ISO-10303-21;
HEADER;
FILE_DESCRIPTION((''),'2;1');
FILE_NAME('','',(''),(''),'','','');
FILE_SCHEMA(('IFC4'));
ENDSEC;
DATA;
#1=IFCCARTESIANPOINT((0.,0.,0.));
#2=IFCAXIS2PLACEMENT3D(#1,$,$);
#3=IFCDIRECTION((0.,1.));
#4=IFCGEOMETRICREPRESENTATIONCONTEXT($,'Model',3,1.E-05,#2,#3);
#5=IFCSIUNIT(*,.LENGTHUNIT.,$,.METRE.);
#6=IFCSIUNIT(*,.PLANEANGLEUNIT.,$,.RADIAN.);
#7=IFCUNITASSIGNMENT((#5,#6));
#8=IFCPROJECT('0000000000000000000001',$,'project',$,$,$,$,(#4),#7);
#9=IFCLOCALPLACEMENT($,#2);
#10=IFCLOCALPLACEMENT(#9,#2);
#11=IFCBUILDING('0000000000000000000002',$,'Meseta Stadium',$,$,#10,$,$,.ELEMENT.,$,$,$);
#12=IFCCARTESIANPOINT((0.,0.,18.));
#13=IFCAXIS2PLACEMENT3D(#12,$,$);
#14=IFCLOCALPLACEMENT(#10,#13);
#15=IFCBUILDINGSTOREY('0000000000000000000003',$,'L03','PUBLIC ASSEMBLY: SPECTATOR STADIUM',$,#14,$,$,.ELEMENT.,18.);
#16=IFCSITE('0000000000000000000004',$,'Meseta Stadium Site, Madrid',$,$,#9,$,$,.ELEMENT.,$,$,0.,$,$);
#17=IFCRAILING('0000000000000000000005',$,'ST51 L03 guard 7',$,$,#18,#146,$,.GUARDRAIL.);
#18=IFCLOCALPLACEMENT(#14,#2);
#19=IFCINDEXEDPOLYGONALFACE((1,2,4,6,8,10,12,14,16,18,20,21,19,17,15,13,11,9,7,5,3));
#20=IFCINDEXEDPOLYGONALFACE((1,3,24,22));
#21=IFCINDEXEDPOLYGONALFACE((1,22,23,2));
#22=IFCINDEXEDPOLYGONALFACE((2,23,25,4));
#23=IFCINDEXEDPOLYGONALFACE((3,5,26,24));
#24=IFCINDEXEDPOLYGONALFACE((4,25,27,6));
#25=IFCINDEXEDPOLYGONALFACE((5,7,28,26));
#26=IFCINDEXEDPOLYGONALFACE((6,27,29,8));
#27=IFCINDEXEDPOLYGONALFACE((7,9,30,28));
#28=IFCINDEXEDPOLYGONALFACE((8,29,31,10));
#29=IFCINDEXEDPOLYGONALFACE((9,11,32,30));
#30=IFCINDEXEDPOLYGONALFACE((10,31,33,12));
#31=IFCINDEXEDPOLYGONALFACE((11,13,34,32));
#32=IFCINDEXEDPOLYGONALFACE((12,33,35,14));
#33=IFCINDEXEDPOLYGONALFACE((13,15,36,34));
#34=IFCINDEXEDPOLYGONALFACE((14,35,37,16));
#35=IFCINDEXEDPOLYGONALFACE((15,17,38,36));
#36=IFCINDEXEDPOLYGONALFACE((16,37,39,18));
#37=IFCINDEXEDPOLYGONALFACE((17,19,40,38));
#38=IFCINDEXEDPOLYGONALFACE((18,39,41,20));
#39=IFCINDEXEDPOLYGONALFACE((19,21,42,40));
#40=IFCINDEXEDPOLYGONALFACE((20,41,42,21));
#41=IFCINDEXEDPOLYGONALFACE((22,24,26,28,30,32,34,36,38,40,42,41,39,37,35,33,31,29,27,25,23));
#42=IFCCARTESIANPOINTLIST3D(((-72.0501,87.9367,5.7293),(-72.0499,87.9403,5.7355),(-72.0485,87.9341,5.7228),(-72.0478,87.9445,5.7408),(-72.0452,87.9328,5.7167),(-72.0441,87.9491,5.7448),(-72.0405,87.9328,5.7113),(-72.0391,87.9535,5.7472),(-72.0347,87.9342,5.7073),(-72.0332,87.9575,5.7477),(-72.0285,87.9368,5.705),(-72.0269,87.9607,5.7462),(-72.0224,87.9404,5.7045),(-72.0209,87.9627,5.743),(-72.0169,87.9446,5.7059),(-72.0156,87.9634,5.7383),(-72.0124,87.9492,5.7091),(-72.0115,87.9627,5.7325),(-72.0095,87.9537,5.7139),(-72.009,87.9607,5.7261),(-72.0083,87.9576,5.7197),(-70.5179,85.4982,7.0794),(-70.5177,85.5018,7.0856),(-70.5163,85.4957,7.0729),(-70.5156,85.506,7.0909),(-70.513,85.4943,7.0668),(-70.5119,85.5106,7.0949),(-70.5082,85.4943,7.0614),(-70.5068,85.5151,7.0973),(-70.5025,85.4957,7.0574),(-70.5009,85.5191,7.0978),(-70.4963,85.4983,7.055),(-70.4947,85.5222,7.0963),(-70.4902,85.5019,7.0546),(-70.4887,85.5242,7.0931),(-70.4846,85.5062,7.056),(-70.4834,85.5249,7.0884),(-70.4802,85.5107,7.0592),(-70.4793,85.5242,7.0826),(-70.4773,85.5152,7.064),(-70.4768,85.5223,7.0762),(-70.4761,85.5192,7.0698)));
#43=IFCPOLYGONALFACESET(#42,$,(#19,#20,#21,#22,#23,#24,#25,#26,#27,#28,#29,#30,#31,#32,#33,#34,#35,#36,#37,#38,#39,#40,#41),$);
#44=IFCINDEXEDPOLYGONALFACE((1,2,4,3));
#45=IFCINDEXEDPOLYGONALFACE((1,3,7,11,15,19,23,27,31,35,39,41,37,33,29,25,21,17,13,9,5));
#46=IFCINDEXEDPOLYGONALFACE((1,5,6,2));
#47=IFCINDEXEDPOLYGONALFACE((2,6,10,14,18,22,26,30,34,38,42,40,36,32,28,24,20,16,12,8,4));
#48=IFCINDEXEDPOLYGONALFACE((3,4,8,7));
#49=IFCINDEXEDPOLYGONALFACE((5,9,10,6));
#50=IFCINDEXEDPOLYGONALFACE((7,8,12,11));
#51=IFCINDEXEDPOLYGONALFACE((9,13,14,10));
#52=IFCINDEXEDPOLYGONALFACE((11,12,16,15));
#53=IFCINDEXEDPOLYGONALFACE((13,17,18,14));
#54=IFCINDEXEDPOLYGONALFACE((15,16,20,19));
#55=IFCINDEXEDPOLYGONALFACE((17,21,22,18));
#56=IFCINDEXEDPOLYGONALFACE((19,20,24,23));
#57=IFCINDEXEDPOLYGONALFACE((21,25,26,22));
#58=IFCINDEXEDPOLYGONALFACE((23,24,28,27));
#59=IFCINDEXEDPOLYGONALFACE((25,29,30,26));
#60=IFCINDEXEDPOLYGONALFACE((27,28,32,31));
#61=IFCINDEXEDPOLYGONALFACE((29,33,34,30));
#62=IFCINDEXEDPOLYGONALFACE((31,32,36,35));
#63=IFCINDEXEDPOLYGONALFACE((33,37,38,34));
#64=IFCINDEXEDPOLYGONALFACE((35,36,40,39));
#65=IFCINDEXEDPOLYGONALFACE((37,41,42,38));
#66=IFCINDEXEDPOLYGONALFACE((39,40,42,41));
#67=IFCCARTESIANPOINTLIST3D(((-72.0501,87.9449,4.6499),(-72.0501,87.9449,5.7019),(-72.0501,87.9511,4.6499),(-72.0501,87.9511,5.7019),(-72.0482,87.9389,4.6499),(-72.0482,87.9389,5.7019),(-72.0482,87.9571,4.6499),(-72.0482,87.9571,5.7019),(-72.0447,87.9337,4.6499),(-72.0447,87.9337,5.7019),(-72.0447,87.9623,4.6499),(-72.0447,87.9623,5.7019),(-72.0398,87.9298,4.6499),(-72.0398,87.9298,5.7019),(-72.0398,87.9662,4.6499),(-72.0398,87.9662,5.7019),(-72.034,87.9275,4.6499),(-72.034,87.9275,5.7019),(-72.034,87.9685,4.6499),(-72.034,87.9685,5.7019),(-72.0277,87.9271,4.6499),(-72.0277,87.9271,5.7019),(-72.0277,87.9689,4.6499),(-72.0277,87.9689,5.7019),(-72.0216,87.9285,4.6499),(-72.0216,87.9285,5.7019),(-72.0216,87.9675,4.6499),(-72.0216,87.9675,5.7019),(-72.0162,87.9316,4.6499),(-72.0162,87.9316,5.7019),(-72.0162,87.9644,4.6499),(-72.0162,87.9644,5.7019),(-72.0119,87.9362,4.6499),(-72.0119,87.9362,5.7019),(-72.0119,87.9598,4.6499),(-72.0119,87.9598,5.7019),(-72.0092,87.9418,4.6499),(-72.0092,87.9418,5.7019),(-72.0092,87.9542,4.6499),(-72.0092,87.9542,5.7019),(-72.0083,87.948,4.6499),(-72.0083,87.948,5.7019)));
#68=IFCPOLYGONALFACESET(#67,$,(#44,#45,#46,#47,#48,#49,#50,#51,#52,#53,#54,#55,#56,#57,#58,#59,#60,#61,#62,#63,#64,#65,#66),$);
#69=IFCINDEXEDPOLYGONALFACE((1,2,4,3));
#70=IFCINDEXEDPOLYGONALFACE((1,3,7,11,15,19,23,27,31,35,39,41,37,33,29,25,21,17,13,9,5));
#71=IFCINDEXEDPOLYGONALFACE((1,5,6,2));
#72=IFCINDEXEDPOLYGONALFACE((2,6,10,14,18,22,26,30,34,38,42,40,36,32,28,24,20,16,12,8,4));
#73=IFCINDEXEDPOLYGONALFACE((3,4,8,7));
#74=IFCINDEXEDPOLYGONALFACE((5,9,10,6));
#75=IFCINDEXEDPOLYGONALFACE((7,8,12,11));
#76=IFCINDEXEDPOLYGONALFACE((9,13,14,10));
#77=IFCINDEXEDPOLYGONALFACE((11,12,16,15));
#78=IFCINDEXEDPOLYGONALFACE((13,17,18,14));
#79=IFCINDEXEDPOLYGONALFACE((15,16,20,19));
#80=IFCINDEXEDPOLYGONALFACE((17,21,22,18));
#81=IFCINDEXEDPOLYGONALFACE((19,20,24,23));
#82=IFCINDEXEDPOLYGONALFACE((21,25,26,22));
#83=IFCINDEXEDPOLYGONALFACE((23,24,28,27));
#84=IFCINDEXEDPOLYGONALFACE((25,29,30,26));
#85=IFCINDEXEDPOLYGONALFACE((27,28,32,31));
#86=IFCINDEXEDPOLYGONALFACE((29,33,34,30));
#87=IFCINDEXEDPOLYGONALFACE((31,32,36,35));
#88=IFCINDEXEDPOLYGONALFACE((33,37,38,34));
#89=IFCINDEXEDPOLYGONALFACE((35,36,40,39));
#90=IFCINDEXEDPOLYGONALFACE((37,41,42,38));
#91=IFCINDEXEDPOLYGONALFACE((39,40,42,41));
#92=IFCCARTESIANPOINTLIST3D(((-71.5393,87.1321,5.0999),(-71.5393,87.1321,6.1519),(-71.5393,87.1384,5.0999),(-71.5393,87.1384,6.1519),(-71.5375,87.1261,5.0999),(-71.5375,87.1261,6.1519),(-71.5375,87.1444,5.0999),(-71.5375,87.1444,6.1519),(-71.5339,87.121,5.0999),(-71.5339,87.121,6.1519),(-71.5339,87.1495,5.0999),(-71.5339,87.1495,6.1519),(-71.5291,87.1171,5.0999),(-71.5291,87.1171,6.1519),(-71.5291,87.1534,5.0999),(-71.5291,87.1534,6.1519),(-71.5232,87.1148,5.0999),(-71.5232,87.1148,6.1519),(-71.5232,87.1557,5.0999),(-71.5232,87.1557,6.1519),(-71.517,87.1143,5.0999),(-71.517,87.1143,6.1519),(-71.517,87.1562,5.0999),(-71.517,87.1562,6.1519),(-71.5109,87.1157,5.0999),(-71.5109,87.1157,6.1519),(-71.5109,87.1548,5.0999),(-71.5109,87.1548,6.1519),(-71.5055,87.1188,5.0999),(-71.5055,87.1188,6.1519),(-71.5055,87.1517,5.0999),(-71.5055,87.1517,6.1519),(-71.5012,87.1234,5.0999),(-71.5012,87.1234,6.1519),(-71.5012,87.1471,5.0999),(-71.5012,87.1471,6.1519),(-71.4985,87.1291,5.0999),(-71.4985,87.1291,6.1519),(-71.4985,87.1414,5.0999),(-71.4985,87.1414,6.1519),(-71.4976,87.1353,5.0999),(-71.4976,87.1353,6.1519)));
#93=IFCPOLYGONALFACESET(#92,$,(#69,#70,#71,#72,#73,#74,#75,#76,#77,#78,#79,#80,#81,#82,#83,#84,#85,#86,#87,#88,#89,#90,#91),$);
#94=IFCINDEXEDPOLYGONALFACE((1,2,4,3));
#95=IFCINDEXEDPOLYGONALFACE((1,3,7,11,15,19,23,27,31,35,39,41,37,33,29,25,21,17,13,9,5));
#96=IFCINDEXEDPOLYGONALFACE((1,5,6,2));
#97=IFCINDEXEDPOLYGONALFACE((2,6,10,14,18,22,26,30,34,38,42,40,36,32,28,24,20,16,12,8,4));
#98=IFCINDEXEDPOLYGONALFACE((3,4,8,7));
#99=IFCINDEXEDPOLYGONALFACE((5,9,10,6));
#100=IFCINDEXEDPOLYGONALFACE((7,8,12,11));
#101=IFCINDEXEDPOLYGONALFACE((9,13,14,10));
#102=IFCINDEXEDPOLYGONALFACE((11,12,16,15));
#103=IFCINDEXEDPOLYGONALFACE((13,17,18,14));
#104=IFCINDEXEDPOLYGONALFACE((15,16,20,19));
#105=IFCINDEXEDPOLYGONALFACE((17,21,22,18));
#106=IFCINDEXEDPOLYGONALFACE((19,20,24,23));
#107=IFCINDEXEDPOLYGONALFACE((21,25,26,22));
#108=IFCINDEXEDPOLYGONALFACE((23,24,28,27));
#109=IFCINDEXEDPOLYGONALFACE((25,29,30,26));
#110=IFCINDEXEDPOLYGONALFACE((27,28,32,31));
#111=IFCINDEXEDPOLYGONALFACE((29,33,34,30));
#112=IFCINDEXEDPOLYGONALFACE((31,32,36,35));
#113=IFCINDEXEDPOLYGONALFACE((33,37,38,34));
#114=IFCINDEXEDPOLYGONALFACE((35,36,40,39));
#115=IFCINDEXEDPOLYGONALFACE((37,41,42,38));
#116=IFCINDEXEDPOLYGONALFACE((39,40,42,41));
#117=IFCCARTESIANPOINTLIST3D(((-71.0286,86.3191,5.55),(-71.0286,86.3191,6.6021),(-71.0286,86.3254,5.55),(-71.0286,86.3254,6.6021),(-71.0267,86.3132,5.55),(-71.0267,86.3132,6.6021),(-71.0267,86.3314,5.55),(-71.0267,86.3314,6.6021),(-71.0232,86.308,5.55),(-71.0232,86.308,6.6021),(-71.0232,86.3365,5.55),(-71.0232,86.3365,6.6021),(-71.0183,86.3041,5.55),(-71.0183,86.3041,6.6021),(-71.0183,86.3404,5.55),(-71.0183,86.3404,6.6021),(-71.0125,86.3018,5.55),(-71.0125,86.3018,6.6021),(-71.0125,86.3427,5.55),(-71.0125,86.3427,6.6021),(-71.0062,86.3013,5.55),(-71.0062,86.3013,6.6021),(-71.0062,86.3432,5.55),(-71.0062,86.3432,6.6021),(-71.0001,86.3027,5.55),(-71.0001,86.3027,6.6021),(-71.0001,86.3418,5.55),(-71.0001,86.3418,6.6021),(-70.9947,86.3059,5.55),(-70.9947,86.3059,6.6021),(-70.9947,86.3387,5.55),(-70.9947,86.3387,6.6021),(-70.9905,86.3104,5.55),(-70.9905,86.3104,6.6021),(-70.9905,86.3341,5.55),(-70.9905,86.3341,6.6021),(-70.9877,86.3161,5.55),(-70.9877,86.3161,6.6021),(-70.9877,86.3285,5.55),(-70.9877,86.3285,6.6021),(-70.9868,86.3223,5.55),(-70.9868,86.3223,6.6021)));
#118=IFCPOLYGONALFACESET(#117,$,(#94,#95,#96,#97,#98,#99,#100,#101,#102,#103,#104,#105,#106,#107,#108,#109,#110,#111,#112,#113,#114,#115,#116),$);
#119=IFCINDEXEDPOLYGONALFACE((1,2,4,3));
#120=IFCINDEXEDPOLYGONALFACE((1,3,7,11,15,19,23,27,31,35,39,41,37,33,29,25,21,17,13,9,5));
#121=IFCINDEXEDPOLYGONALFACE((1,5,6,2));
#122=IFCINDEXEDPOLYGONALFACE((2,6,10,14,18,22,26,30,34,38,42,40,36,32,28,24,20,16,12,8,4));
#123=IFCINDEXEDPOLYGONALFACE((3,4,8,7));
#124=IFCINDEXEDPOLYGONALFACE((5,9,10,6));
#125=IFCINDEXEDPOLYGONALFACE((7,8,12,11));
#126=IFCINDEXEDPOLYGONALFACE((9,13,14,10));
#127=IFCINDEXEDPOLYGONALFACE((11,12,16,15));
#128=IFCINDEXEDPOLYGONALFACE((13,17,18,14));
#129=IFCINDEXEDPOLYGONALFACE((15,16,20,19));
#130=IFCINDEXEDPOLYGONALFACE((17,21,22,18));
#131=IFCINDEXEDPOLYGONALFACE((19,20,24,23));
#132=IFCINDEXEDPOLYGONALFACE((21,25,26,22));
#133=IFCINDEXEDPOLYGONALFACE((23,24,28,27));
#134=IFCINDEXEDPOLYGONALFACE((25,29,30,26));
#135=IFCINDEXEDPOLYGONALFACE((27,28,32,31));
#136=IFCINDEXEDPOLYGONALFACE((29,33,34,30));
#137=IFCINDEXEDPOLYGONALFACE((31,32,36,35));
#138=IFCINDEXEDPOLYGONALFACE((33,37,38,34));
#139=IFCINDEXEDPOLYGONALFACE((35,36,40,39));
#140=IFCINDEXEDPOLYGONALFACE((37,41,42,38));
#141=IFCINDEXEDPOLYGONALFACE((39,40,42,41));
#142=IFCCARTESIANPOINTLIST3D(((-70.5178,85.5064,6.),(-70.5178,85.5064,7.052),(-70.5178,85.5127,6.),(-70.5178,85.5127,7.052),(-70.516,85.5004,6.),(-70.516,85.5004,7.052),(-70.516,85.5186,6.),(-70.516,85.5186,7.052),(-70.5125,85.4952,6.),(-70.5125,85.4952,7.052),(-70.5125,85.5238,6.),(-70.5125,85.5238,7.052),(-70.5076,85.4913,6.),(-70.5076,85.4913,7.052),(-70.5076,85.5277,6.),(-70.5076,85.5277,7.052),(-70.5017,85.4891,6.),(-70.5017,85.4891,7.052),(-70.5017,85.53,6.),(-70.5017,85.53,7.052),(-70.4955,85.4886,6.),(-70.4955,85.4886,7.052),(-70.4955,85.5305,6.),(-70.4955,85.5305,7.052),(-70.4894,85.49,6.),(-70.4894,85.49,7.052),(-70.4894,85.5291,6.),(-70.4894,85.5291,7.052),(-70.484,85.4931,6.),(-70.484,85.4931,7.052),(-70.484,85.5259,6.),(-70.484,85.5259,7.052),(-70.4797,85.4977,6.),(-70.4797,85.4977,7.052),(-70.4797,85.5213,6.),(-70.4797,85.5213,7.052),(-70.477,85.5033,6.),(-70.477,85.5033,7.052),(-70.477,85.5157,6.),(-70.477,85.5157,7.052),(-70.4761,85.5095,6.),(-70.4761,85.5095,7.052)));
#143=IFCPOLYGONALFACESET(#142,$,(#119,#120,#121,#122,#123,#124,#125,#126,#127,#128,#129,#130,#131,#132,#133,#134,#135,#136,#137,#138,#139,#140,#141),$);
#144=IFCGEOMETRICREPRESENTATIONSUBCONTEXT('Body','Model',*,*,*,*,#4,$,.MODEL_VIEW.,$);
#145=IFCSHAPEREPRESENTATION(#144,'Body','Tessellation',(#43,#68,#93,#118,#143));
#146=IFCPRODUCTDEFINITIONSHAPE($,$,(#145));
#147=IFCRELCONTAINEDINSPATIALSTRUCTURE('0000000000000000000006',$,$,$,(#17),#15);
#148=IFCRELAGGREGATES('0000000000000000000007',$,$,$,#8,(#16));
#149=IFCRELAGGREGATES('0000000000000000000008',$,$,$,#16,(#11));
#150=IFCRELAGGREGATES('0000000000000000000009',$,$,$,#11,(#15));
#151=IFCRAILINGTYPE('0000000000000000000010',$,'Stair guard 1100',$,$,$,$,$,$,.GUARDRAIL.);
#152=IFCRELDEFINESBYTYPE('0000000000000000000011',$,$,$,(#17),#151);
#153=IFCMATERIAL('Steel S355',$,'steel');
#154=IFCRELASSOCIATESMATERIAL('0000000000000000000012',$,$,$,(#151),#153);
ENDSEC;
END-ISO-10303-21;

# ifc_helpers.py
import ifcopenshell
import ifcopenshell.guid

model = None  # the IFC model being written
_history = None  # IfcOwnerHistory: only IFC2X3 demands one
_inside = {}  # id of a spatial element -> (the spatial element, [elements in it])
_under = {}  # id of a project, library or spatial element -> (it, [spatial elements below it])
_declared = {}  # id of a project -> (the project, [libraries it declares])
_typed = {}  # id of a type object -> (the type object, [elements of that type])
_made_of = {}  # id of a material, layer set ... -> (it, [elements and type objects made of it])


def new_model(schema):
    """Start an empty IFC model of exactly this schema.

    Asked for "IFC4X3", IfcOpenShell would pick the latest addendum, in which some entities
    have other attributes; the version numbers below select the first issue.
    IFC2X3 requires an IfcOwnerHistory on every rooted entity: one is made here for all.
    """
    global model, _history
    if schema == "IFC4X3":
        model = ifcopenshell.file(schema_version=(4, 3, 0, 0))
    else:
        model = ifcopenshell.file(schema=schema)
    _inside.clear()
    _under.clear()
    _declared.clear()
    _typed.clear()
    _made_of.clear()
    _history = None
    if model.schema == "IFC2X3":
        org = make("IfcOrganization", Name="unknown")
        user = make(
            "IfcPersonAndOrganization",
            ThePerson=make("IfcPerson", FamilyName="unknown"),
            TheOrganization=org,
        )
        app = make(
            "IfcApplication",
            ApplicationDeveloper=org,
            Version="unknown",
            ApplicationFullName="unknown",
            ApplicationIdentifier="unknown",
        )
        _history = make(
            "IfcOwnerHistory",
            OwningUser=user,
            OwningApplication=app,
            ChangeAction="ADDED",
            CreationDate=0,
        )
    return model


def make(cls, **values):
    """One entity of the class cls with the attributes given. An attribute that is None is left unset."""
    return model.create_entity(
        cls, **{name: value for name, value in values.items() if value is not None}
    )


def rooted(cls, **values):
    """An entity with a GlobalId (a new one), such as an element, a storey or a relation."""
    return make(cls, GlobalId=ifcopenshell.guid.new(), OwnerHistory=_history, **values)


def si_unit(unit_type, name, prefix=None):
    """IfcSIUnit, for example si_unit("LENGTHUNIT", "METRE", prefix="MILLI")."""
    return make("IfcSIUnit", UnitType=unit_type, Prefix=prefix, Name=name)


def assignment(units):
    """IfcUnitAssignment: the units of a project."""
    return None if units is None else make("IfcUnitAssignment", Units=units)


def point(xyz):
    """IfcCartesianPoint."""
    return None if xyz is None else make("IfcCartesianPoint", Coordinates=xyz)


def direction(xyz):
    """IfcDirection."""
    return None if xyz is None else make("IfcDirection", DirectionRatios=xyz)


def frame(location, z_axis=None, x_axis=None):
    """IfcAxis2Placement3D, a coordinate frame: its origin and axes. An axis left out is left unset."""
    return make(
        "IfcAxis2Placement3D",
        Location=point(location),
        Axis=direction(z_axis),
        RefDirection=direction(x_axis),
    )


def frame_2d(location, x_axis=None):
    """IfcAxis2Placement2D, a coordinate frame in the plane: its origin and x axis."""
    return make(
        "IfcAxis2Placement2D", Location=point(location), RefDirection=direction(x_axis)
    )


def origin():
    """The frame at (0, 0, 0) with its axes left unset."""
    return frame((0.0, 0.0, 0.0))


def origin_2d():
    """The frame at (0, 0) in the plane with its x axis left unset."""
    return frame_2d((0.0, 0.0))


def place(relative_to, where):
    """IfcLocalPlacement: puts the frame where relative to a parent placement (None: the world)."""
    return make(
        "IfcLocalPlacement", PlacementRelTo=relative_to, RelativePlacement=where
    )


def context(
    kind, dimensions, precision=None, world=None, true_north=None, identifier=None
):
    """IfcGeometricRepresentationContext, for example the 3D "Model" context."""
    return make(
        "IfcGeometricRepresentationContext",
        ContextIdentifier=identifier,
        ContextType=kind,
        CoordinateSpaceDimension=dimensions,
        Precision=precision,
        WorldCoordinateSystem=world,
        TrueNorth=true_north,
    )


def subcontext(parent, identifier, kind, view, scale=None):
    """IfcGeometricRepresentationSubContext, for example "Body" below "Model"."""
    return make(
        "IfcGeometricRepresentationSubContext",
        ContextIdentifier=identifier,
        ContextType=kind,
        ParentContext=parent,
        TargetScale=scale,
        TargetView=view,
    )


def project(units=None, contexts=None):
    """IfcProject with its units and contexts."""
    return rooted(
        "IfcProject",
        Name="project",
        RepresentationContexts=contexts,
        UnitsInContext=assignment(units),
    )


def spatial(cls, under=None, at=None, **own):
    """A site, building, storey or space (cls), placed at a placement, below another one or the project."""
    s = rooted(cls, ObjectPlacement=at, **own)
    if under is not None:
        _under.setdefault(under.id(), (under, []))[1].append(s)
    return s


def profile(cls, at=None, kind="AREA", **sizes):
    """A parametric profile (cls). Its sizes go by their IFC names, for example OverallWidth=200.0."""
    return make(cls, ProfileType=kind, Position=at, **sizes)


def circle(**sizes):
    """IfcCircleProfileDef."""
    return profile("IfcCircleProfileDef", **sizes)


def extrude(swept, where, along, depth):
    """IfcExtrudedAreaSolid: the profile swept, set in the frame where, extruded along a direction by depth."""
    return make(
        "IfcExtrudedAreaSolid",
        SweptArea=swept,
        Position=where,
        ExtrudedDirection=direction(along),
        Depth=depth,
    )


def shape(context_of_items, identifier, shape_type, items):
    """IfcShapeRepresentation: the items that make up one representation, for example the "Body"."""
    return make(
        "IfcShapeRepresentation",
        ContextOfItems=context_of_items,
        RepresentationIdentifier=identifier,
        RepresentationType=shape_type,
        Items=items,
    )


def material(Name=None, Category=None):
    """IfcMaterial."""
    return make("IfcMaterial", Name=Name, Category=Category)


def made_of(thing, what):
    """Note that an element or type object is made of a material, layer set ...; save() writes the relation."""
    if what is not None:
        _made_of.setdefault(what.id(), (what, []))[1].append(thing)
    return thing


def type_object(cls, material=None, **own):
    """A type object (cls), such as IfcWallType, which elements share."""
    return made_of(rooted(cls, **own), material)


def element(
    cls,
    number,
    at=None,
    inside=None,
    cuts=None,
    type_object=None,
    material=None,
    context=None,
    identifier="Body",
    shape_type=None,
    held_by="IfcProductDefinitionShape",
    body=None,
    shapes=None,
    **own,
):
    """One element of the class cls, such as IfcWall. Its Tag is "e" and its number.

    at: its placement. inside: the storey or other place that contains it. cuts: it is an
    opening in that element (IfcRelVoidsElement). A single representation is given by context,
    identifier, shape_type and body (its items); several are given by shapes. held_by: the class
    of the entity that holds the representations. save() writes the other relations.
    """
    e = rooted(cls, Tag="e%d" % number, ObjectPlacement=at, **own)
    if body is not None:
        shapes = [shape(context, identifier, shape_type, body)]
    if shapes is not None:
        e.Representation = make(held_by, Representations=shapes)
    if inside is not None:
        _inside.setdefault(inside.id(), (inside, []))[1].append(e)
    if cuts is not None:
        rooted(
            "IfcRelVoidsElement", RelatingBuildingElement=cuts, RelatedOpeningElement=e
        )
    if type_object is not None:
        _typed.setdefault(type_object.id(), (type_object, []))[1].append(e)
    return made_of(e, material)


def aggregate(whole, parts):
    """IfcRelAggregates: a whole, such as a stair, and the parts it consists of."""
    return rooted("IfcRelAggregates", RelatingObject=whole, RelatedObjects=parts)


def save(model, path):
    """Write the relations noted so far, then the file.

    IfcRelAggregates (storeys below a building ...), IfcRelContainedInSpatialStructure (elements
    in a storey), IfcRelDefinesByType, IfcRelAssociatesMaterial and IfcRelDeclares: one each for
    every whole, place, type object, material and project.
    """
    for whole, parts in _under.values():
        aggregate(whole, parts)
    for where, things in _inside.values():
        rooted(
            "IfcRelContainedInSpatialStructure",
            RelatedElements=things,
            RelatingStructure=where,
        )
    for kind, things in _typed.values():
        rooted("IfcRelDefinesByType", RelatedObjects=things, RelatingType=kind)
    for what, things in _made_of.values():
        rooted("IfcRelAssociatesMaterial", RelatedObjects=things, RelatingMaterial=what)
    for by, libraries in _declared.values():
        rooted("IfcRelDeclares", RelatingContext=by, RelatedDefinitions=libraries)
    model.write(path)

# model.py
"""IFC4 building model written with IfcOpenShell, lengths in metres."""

from ifc_helpers import new_model, si_unit, direction, frame, origin, origin_2d, place, context, subcontext, project, spatial, circle, extrude, material, type_object, element, save


model = new_model("IFC4")

# Units and contexts
model_context = context("Model", 3, precision=1e-05, world=origin(), true_north=direction((0.0, 1.0)))
body_context = subcontext(model_context, "Body", "Model", "MODEL_VIEW")
ifc_project = project(units=[si_unit("LENGTHUNIT", "METRE"), si_unit("PLANEANGLEUNIT", "RADIAN")], contexts=[model_context])

# Site, building, storey
site_placement = place(None, origin())
site = spatial("IfcSite", under=ifc_project, at=site_placement, Name="Meseta Stadium Site, Madrid", CompositionType="ELEMENT", RefElevation=0.0)
building_placement = place(site_placement, origin())
building = spatial("IfcBuilding", under=site, at=building_placement, Name="Meseta Stadium", CompositionType="ELEMENT")
storey_placement = place(building_placement, frame((0.0, 0.0, 18.0)))
storey = spatial("IfcBuildingStorey", under=building, at=storey_placement, Name="L03", Description="PUBLIC ASSEMBLY: SPECTATOR STADIUM", CompositionType="ELEMENT", Elevation=18.0)

# Railing
ifc_material_1 = material(Name="Steel S355", Category="steel")
railing_type_1 = type_object("IfcRailingType", Name="Stair guard 1100", PredefinedType="GUARDRAIL", material=ifc_material_1)
railing_1_placement = place(storey_placement, frame((-72.0293, 87.948, 4.6499)))
element("IfcRailing", 1, at=railing_1_placement, inside=storey, type_object=railing_type_1, Name="ST51 L03 guard 7", PredefinedType="GUARDRAIL", context=body_context, shape_type="SweptSolid", body=[
    extrude(circle(Radius=0.0239, at=origin_2d()), frame((0.0, 0.0, 1.0762), z_axis=(0.481731, -0.766655, 0.42447), x_axis=(0.846719, 0.53204, 0.0)), (0.0, 0.0, 1.0), 3.1807),
    extrude(circle(Radius=0.021, at=origin_2d()), origin(), (0.0, 0.0, 1.0), 1.052),
    extrude(circle(Radius=0.021, at=origin_2d()), frame((0.5107, -0.8127, 0.45)), (0.0, 0.0, 1.0), 1.052),
    extrude(circle(Radius=0.021, at=origin_2d()), frame((1.0215, -1.6257, 0.9001)), (0.0, 0.0, 1.0), 1.052),
    extrude(circle(Radius=0.021, at=origin_2d()), frame((1.5322, -2.4385, 1.3501)), (0.0, 0.0, 1.0), 1.052),
])

save(model, "model.ifc")
